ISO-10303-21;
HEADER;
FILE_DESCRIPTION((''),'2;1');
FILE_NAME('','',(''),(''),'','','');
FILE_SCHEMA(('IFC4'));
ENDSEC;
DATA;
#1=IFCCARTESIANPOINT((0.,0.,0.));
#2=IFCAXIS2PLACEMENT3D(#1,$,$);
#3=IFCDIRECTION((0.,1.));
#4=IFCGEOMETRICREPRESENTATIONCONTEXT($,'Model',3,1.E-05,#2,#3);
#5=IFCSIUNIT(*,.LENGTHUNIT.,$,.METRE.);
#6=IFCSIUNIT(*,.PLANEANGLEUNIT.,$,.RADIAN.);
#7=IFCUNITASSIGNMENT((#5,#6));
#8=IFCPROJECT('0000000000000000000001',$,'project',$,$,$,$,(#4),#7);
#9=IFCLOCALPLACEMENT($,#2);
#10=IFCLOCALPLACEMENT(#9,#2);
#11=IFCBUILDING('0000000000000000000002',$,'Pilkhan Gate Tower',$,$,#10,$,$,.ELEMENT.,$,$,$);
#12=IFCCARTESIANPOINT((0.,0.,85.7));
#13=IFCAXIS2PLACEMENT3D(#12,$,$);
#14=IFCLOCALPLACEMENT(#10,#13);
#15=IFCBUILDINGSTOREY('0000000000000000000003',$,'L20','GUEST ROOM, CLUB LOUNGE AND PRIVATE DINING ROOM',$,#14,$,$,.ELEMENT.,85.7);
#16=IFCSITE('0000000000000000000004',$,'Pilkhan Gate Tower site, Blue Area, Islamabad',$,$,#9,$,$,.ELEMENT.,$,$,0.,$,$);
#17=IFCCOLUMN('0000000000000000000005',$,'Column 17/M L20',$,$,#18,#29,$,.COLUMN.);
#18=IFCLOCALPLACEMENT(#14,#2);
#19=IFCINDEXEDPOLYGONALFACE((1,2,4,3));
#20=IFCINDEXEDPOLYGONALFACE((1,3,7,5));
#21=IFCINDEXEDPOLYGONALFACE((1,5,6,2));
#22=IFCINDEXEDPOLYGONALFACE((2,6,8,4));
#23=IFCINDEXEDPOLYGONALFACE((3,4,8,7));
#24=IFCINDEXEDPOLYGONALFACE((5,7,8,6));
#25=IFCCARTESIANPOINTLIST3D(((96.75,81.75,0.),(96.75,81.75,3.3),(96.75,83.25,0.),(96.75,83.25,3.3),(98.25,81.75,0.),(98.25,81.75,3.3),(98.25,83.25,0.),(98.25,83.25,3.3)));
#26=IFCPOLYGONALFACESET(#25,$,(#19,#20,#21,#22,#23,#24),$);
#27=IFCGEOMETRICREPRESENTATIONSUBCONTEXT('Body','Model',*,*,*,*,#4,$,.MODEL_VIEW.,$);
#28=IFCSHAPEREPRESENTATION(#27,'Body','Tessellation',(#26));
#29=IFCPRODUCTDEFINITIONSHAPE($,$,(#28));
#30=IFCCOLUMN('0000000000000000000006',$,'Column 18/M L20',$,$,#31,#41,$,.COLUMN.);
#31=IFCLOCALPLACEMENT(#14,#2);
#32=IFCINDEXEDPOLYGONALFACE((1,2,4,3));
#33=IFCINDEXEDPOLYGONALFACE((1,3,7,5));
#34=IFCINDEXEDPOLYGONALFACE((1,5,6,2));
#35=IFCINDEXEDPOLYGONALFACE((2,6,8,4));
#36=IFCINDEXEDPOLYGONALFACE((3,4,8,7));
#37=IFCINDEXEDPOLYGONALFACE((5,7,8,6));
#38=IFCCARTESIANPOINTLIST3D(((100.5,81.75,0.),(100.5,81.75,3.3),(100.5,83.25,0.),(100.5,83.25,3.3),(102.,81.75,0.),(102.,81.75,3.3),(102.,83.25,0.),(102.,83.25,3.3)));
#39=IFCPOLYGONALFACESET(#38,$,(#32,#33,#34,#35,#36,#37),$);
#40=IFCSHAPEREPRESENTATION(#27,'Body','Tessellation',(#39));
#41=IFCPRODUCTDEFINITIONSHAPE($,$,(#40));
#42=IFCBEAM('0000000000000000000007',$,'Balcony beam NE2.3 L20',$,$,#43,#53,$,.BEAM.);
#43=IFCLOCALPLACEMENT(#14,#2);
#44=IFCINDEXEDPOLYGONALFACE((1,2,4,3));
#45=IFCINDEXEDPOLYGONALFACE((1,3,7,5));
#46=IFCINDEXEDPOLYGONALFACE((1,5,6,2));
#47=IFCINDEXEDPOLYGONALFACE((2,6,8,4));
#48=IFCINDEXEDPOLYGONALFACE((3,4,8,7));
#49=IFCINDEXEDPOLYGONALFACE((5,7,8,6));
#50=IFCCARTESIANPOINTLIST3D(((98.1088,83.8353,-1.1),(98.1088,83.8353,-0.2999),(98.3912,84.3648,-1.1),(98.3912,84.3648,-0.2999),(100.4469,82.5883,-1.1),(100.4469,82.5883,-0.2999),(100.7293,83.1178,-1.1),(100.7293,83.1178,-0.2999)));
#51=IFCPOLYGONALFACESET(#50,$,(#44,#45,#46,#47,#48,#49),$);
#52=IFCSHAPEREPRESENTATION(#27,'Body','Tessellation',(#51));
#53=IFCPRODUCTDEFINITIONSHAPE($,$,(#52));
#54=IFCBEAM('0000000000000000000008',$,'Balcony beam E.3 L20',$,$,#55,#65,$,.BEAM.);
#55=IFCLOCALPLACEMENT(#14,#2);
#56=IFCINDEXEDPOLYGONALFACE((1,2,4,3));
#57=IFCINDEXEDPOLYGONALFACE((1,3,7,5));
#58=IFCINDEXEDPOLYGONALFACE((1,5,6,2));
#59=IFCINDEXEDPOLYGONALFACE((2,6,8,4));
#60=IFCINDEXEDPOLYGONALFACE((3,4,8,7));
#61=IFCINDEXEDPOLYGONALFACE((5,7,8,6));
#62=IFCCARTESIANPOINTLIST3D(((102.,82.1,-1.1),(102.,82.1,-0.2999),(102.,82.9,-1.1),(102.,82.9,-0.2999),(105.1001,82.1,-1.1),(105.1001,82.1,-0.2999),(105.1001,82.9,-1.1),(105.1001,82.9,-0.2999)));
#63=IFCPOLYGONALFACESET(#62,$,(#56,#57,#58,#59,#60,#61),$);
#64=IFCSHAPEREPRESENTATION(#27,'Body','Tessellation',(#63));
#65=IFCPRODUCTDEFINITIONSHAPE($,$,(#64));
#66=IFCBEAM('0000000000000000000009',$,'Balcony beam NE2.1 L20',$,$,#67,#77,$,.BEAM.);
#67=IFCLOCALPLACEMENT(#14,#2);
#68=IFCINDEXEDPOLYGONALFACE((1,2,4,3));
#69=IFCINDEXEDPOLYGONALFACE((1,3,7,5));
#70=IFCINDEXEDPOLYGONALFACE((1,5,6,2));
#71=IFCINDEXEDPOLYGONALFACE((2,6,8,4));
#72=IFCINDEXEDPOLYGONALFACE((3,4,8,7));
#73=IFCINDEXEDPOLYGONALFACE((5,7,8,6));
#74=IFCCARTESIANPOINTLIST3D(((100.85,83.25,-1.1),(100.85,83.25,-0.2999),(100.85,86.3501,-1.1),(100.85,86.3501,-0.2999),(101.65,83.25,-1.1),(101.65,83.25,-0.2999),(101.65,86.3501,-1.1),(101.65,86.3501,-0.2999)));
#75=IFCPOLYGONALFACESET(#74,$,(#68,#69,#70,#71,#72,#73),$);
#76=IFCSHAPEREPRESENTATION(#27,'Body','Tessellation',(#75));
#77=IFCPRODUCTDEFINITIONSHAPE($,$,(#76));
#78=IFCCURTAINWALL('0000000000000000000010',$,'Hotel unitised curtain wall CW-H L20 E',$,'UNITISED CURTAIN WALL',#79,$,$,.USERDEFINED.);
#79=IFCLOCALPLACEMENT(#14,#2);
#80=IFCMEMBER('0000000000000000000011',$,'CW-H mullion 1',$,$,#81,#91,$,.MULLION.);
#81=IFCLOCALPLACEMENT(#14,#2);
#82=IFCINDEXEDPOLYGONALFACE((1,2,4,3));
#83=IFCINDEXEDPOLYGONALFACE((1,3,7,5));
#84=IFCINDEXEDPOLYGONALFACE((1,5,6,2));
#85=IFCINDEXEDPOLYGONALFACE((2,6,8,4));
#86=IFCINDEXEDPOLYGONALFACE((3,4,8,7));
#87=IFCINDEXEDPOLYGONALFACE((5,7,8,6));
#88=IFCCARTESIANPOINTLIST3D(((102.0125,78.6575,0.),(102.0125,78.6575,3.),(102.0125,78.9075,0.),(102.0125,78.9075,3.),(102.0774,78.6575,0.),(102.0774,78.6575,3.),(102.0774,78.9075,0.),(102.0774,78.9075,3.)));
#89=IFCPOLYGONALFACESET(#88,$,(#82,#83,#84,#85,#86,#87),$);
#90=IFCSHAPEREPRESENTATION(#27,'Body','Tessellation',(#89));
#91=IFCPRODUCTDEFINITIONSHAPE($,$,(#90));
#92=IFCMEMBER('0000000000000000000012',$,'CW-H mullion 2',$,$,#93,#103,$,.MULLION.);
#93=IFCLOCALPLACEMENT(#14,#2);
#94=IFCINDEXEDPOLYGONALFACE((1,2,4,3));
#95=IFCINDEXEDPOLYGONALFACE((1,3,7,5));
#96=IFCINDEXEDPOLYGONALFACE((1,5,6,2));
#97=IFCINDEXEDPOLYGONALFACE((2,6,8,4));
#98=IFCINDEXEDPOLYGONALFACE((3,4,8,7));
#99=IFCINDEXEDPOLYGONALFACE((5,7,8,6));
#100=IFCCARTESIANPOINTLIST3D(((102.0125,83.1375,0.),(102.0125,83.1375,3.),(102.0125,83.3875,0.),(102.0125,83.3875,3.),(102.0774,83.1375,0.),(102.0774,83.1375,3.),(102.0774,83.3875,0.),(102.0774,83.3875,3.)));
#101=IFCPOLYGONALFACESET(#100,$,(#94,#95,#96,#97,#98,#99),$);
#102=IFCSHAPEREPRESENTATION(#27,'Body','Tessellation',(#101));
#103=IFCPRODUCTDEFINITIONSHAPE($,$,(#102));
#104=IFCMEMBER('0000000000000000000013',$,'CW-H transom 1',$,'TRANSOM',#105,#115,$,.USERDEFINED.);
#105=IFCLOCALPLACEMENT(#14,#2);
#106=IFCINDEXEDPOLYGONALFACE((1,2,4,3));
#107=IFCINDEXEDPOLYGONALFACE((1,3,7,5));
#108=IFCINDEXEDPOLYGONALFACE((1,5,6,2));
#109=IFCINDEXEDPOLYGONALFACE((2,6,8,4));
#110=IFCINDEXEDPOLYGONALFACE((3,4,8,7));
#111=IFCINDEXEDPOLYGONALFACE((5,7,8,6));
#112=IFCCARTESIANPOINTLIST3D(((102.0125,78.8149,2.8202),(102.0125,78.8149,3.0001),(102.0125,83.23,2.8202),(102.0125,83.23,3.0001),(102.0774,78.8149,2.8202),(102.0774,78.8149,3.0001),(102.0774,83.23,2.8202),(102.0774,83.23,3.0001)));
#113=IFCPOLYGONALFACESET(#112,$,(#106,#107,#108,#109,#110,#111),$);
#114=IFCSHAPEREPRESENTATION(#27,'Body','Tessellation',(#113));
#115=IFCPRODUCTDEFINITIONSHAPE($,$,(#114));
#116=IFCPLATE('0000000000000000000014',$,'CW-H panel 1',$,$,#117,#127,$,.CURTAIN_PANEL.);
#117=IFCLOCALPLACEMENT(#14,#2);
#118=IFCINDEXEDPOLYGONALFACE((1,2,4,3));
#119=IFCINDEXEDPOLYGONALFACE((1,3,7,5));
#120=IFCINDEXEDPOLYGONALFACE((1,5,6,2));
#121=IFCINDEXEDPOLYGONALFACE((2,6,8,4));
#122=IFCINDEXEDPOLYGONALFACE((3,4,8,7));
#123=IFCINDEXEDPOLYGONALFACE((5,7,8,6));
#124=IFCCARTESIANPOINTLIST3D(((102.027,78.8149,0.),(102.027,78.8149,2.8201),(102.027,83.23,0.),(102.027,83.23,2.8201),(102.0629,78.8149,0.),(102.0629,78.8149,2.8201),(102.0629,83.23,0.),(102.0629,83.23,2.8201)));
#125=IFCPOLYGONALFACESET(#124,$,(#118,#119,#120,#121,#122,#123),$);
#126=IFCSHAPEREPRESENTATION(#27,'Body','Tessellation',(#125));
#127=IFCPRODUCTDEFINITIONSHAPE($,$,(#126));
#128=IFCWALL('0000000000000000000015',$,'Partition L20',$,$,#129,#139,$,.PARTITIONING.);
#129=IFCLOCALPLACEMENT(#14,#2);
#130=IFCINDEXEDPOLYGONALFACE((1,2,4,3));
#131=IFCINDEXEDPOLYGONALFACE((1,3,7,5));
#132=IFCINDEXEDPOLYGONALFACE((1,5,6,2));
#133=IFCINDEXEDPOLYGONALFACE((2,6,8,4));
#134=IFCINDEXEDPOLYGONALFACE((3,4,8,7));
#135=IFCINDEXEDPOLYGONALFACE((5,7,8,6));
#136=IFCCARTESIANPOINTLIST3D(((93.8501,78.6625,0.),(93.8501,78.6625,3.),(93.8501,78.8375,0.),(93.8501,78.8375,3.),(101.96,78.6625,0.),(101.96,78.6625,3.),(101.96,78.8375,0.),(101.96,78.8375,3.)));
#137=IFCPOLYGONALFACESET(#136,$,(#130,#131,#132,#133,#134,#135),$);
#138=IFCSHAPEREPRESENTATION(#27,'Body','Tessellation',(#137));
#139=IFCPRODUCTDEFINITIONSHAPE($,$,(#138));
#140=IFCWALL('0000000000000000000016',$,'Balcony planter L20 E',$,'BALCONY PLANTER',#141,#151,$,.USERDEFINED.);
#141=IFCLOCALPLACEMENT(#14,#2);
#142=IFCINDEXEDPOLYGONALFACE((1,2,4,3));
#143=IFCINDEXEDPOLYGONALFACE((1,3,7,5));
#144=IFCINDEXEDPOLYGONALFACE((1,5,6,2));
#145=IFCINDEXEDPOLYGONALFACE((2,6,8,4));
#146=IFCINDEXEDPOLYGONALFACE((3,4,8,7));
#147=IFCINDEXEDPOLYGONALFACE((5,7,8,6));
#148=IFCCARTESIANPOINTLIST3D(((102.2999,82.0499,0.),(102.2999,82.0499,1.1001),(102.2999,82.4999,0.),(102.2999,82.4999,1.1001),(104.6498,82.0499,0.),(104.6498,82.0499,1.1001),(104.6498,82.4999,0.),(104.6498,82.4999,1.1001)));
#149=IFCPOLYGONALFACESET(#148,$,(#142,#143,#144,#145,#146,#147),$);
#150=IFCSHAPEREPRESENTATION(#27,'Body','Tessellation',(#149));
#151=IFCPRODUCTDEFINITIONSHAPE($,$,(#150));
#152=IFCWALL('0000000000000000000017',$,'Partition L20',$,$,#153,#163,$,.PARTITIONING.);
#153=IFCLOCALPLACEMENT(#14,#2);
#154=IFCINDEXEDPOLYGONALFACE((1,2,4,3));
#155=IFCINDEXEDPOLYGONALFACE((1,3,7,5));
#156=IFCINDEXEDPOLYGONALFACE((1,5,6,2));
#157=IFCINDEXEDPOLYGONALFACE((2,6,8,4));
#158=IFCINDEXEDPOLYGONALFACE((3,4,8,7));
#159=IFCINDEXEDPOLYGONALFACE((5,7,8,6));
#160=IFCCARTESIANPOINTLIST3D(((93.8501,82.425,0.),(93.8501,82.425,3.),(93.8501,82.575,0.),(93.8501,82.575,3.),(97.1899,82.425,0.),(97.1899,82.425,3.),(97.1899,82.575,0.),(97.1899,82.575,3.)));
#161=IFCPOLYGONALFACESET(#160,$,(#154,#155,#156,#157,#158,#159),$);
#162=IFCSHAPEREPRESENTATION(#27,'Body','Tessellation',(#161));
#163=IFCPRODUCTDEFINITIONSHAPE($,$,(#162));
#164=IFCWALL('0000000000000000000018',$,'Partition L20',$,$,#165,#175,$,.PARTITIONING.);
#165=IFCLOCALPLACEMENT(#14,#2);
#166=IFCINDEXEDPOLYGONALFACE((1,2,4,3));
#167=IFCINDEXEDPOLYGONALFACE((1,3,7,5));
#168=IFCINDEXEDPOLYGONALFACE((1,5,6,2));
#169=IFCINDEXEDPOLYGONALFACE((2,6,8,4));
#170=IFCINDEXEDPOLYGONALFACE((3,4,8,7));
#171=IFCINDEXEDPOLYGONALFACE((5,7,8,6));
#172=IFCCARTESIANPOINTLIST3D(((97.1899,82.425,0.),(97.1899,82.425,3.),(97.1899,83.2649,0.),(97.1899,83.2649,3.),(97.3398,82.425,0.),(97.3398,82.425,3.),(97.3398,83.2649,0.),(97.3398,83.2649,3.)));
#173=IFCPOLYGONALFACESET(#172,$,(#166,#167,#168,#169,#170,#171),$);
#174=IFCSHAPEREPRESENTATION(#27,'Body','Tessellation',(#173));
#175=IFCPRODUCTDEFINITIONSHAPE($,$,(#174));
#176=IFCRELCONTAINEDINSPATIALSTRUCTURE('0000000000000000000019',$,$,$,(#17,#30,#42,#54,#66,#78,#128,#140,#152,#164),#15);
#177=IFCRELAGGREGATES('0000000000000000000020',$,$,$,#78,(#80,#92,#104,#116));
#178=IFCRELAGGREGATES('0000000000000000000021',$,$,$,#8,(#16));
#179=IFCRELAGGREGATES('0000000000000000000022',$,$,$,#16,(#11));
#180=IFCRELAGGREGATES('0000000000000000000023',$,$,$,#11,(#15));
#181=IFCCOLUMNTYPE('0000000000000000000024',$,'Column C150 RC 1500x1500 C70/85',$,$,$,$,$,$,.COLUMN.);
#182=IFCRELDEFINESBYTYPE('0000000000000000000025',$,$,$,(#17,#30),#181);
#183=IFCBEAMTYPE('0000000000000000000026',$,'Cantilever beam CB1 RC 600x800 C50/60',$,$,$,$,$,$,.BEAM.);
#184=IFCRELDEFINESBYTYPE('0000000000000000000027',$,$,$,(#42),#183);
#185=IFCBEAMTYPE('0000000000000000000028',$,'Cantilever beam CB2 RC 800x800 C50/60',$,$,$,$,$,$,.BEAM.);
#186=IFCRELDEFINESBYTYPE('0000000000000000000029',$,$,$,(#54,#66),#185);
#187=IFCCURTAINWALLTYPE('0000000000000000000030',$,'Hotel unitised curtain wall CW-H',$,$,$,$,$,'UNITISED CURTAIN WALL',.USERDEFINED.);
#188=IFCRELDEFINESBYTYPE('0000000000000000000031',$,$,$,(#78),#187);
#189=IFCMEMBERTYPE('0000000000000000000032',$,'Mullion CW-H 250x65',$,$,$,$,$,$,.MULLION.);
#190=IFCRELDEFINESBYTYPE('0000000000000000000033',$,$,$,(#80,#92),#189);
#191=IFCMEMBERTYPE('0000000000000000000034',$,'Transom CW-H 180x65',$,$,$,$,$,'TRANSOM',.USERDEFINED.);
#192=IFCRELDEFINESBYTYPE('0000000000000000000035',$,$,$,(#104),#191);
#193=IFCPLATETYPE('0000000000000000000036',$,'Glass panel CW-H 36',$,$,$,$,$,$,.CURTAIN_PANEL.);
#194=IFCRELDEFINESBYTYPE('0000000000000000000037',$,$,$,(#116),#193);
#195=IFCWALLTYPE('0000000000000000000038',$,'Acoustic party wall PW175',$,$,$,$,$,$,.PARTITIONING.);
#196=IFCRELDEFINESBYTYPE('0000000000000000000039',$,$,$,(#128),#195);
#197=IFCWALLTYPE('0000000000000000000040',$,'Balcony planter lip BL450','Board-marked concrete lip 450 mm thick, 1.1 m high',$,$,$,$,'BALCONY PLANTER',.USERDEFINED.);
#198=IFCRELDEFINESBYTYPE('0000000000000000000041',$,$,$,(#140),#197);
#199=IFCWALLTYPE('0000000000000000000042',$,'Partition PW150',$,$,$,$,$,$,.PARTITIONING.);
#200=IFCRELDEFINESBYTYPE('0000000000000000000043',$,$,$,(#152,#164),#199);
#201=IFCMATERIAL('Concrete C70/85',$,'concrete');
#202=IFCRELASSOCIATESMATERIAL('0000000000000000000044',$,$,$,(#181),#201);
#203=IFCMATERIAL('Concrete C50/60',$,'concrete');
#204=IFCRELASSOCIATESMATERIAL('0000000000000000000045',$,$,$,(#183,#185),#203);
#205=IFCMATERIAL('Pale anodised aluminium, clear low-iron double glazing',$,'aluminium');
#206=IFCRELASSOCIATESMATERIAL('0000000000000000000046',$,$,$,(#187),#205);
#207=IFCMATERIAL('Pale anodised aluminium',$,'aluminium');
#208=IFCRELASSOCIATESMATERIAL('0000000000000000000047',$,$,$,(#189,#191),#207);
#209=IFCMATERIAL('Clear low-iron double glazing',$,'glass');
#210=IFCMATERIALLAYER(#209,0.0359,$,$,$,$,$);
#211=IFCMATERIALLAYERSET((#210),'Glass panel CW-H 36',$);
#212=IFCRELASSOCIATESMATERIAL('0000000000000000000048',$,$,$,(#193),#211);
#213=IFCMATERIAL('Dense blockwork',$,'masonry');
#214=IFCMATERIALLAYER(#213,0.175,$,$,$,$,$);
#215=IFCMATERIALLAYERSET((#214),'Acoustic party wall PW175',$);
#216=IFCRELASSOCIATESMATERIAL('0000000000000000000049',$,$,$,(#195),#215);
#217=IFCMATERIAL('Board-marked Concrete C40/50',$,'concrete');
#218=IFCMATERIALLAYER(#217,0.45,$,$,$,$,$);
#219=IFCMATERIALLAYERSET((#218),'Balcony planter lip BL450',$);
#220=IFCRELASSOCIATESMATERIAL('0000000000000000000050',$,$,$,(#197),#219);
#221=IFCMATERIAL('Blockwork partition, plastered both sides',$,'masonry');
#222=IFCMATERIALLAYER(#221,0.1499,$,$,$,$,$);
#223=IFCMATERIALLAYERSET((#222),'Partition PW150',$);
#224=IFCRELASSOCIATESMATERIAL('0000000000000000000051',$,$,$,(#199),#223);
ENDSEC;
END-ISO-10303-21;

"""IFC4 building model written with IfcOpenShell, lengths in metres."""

from ifc_helpers import new_model, si_unit, direction, frame, frame_2d, origin, origin_2d, place, context, subcontext, project, spatial, rectangle, extrude, material, layer, layer_set, material_profile, profile_set, type_object, element, aggregate, save


model = new_model("IFC4")

# Units and contexts
model_context = context("Model", 3, precision=1e-05, world=origin(), true_north=direction((0.0, 1.0)))
body_context = subcontext(model_context, "Body", "Model", "MODEL_VIEW")
ifc_project = project(units=[si_unit("LENGTHUNIT", "METRE"), si_unit("PLANEANGLEUNIT", "RADIAN")], contexts=[model_context])

# Site, building, storey
site_placement = place(None, origin())
site = spatial("IfcSite", under=ifc_project, at=site_placement, Name="Pilkhan Gate Tower site, Blue Area, Islamabad", CompositionType="ELEMENT", RefElevation=0.0)
building_placement = place(site_placement, origin())
building = spatial("IfcBuilding", under=site, at=building_placement, Name="Pilkhan Gate Tower", CompositionType="ELEMENT")
storey_placement = place(building_placement, frame((0.0, 0.0, 85.7)))
storey = spatial("IfcBuildingStorey", under=building, at=storey_placement, Name="L20", Description="GUEST ROOM, CLUB LOUNGE AND PRIVATE DINING ROOM", CompositionType="ELEMENT", Elevation=85.7)

# Columns
ifc_material_1 = material(Name="Concrete C70/85", Category="concrete")
ifc_material_profile_1 = material_profile(ifc_material_1, rectangle(XDim=1.5, YDim=1.5, at=origin_2d()), Name="RC 1500x1500")
ifc_profile_set_1 = profile_set([ifc_material_profile_1], Name="Concrete C70/85")
column_type = type_object("IfcColumnType", Name="Column C150 RC 1500x1500 C70/85", PredefinedType="COLUMN", material=ifc_profile_set_1)
for number, where, z_axis, x_axis, name in (
    (1, (97.5, 82.5, 0.0), (0.0, 0.0, 1.0), (1.0, 0.0, 0.0), "Column 17/M L20"),
    (2, (101.25, 82.5, 0.0), (0.0, 0.0, 1.0), (1.0, 0.0, 0.0), "Column 18/M L20"),
):
    element("IfcColumn", number, at=place(storey_placement, frame(where, z_axis=z_axis, x_axis=x_axis)), inside=storey, type_object=column_type, Name=name, PredefinedType="COLUMN", context=body_context, shape_type="SweptSolid", body=[
        extrude(rectangle(XDim=1.5, YDim=1.5, at=origin_2d()), origin(), (0.0, 0.0, 1.0), 3.3),
    ])

# Beams
ifc_material_2 = material(Name="Concrete C50/60", Category="concrete")
ifc_material_profile_2 = material_profile(ifc_material_2, rectangle(XDim=0.6001, YDim=0.8, at=origin_2d()), Name="RC 600x800")
ifc_profile_set_2 = profile_set([ifc_material_profile_2], Name="Concrete C50/60")
beam_type_1 = type_object("IfcBeamType", Name="Cantilever beam CB1 RC 600x800 C50/60", PredefinedType="BEAM", material=ifc_profile_set_2)
beam_placement = place(storey_placement, frame((100.5881, 82.853, -0.7), z_axis=(-0.882343, 0.470607, 0.0), x_axis=(-0.470607, -0.882343, 0.0)))
element("IfcBeam", 3, at=beam_placement, inside=storey, type_object=beam_type_1, Name="Balcony beam NE2.3 L20", PredefinedType="BEAM", context=body_context, shape_type="SweptSolid", body=[
    extrude(rectangle(XDim=0.6001, YDim=0.8, at=origin_2d()), origin(), (0.0, 0.0, 1.0), 2.6499),
])
ifc_material_profile_3 = material_profile(ifc_material_2, rectangle(XDim=0.8, YDim=0.8, at=origin_2d()), Name="RC 800x800")
ifc_profile_set_3 = profile_set([ifc_material_profile_3], Name="Concrete C50/60")
beam_type_2 = type_object("IfcBeamType", Name="Cantilever beam CB2 RC 800x800 C50/60", PredefinedType="BEAM", material=ifc_profile_set_3)
for number, where, z_axis, x_axis, name in (
    (4, (102.0, 82.5, -0.7), (1.0, 0.0, 0.0), (0.0, 1.0, 0.0), "Balcony beam E.3 L20"),
    (5, (101.25, 83.25, -0.7), (0.0, 1.0, 0.0), (-1.0, 0.0, 0.0), "Balcony beam NE2.1 L20"),
):
    element("IfcBeam", number, at=place(storey_placement, frame(where, z_axis=z_axis, x_axis=x_axis)), inside=storey, type_object=beam_type_2, Name=name, PredefinedType="BEAM", context=body_context, shape_type="SweptSolid", body=[
        extrude(rectangle(XDim=0.8, YDim=0.8, at=origin_2d()), origin(), (0.0, 0.0, 1.0), 3.1001),
    ])

# Curtain wall, members, plate
ifc_material_3 = material(Name="Pale anodised aluminium, clear low-iron double glazing", Category="aluminium")
curtain_wall_type = type_object("IfcCurtainWallType", Name="Hotel unitised curtain wall CW-H", ElementType="UNITISED CURTAIN WALL", PredefinedType="USERDEFINED", material=ifc_material_3)
curtain_wall_placement = place(storey_placement, origin())
curtain_wall = element("IfcCurtainWall", 6, at=curtain_wall_placement, inside=storey, type_object=curtain_wall_type, Name="Hotel unitised curtain wall CW-H L20 E", ObjectType="UNITISED CURTAIN WALL", PredefinedType="USERDEFINED")
ifc_material_4 = material(Name="Pale anodised aluminium", Category="aluminium")
ifc_material_profile_4 = material_profile(ifc_material_4, rectangle(XDim=0.0649, YDim=0.25, at=origin_2d()), Name="Mullion 250x65")
ifc_profile_set_4 = profile_set([ifc_material_profile_4], Name="Pale anodised aluminium")
member_type_1 = type_object("IfcMemberType", Name="Mullion CW-H 250x65", PredefinedType="MULLION", material=ifc_profile_set_4)
member_1_placement = place(storey_placement, frame((102.0449, 78.7825, 0.0), z_axis=(0.0, 0.0, 1.0), x_axis=(-1.0, 0.0, 0.0)))
member_1 = element("IfcMember", 7, at=member_1_placement, type_object=member_type_1, Name="CW-H mullion 1", PredefinedType="MULLION", context=body_context, shape_type="SweptSolid", body=[
    extrude(rectangle(XDim=0.0649, YDim=0.25, at=origin_2d()), origin(), (0.0, 0.0, 1.0), 3.0),
])
member_2_placement = place(storey_placement, frame((102.0449, 83.2625, 0.0), z_axis=(0.0, 0.0, 1.0), x_axis=(-1.0, 0.0, 0.0)))
member_2 = element("IfcMember", 8, at=member_2_placement, type_object=member_type_1, Name="CW-H mullion 2", PredefinedType="MULLION", context=body_context, shape_type="SweptSolid", body=[
    extrude(rectangle(XDim=0.0649, YDim=0.25, at=origin_2d()), origin(), (0.0, 0.0, 1.0), 3.0),
])
ifc_material_profile_5 = material_profile(ifc_material_4, rectangle(XDim=0.0649, YDim=0.1799, at=origin_2d()), Name="Transom 180x65")
ifc_profile_set_5 = profile_set([ifc_material_profile_5], Name="Pale anodised aluminium")
member_type_2 = type_object("IfcMemberType", Name="Transom CW-H 180x65", ElementType="TRANSOM", PredefinedType="USERDEFINED", material=ifc_profile_set_5)
member_3_placement = place(storey_placement, frame((102.0449, 78.8149, 2.9102), z_axis=(0.0, 1.0, 0.0), x_axis=(-1.0, 0.0, 0.0)))
member_3 = element("IfcMember", 9, at=member_3_placement, type_object=member_type_2, Name="CW-H transom 1", ObjectType="TRANSOM", PredefinedType="USERDEFINED", context=body_context, shape_type="SweptSolid", body=[
    extrude(rectangle(XDim=0.0649, YDim=0.1799, at=origin_2d()), origin(), (0.0, 0.0, 1.0), 4.415),
])
ifc_material_5 = material(Name="Clear low-iron double glazing", Category="glass")
ifc_layer_1 = layer(ifc_material_5, 0.0359)
ifc_layer_set_1 = layer_set([ifc_layer_1], Name="Glass panel CW-H 36")
plate_type = type_object("IfcPlateType", Name="Glass panel CW-H 36", PredefinedType="CURTAIN_PANEL", material=ifc_layer_set_1)
plate_placement = place(storey_placement, frame((102.0449, 81.0225, 0.0), z_axis=(0.0, 0.0, 1.0), x_axis=(0.0, 1.0, 0.0)))
plate = element("IfcPlate", 10, at=plate_placement, type_object=plate_type, Name="CW-H panel 1", PredefinedType="CURTAIN_PANEL", context=body_context, shape_type="SweptSolid", body=[
    extrude(rectangle(XDim=4.415, YDim=0.0359, at=origin_2d()), origin(), (0.0, 0.0, 1.0), 2.8201),
])
aggregate(curtain_wall, [member_1, member_2, member_3, plate])

# Walls
ifc_material_6 = material(Name="Dense blockwork", Category="masonry")
ifc_layer_2 = layer(ifc_material_6, 0.175)
ifc_layer_set_2 = layer_set([ifc_layer_2], Name="Acoustic party wall PW175")
wall_type_1 = type_object("IfcWallType", Name="Acoustic party wall PW175", PredefinedType="PARTITIONING", material=ifc_layer_set_2)
wall_1_placement = place(storey_placement, frame((93.8501, 78.75, 0.0), z_axis=(0.0, 0.0, 1.0), x_axis=(1.0, 0.0, 0.0)))
element("IfcWall", 11, at=wall_1_placement, inside=storey, type_object=wall_type_1, Name="Partition L20", PredefinedType="PARTITIONING", context=body_context, shape_type="SweptSolid", body=[
    extrude(rectangle(XDim=8.1099, YDim=0.175, at=frame_2d((4.0549, 0.0))), origin(), (0.0, 0.0, 1.0), 3.0),
])
ifc_material_7 = material(Name="Board-marked Concrete C40/50", Category="concrete")
ifc_layer_3 = layer(ifc_material_7, 0.45)
ifc_layer_set_3 = layer_set([ifc_layer_3], Name="Balcony planter lip BL450")
wall_type_2 = type_object("IfcWallType", Name="Balcony planter lip BL450", Description="Board-marked concrete lip 450 mm thick, 1.1 m high", ElementType="BALCONY PLANTER", PredefinedType="USERDEFINED", material=ifc_layer_set_3)
wall_2_placement = place(storey_placement, frame((102.3, 82.2749, 0.0), z_axis=(0.0, 0.0, 1.0), x_axis=(1.0, 0.0, 0.0)))
element("IfcWall", 12, at=wall_2_placement, inside=storey, type_object=wall_type_2, Name="Balcony planter L20 E", ObjectType="BALCONY PLANTER", PredefinedType="USERDEFINED", context=body_context, shape_type="SweptSolid", body=[
    extrude(rectangle(XDim=2.3499, YDim=0.45, at=frame_2d((1.1748, 0.0))), origin(), (0.0, 0.0, 1.0), 1.1001),
])
ifc_material_8 = material(Name="Blockwork partition, plastered both sides", Category="masonry")
ifc_layer_4 = layer(ifc_material_8, 0.1499)
ifc_layer_set_4 = layer_set([ifc_layer_4], Name="Partition PW150")
wall_type_3 = type_object("IfcWallType", Name="Partition PW150", PredefinedType="PARTITIONING", material=ifc_layer_set_4)
wall_3_placement = place(storey_placement, frame((93.8501, 82.5, 0.0), z_axis=(0.0, 0.0, 1.0), x_axis=(1.0, 0.0, 0.0)))
element("IfcWall", 13, at=wall_3_placement, inside=storey, type_object=wall_type_3, Name="Partition L20", PredefinedType="PARTITIONING", context=body_context, shape_type="SweptSolid", body=[
    extrude(rectangle(XDim=3.3398, YDim=0.1499, at=frame_2d((1.6699, 0.0))), origin(), (0.0, 0.0, 1.0), 3.0),
])
wall_4_placement = place(storey_placement, frame((97.2649, 82.425, 0.0), z_axis=(0.0, 0.0, 1.0), x_axis=(0.0, 1.0, 0.0)))
element("IfcWall", 14, at=wall_4_placement, inside=storey, type_object=wall_type_3, Name="Partition L20", PredefinedType="PARTITIONING", context=body_context, shape_type="SweptSolid", body=[
    extrude(rectangle(XDim=0.8398, YDim=0.1499, at=frame_2d((0.4199, 0.0))), origin(), (0.0, 0.0, 1.0), 3.0),
])

save(model, "model.ifc")
